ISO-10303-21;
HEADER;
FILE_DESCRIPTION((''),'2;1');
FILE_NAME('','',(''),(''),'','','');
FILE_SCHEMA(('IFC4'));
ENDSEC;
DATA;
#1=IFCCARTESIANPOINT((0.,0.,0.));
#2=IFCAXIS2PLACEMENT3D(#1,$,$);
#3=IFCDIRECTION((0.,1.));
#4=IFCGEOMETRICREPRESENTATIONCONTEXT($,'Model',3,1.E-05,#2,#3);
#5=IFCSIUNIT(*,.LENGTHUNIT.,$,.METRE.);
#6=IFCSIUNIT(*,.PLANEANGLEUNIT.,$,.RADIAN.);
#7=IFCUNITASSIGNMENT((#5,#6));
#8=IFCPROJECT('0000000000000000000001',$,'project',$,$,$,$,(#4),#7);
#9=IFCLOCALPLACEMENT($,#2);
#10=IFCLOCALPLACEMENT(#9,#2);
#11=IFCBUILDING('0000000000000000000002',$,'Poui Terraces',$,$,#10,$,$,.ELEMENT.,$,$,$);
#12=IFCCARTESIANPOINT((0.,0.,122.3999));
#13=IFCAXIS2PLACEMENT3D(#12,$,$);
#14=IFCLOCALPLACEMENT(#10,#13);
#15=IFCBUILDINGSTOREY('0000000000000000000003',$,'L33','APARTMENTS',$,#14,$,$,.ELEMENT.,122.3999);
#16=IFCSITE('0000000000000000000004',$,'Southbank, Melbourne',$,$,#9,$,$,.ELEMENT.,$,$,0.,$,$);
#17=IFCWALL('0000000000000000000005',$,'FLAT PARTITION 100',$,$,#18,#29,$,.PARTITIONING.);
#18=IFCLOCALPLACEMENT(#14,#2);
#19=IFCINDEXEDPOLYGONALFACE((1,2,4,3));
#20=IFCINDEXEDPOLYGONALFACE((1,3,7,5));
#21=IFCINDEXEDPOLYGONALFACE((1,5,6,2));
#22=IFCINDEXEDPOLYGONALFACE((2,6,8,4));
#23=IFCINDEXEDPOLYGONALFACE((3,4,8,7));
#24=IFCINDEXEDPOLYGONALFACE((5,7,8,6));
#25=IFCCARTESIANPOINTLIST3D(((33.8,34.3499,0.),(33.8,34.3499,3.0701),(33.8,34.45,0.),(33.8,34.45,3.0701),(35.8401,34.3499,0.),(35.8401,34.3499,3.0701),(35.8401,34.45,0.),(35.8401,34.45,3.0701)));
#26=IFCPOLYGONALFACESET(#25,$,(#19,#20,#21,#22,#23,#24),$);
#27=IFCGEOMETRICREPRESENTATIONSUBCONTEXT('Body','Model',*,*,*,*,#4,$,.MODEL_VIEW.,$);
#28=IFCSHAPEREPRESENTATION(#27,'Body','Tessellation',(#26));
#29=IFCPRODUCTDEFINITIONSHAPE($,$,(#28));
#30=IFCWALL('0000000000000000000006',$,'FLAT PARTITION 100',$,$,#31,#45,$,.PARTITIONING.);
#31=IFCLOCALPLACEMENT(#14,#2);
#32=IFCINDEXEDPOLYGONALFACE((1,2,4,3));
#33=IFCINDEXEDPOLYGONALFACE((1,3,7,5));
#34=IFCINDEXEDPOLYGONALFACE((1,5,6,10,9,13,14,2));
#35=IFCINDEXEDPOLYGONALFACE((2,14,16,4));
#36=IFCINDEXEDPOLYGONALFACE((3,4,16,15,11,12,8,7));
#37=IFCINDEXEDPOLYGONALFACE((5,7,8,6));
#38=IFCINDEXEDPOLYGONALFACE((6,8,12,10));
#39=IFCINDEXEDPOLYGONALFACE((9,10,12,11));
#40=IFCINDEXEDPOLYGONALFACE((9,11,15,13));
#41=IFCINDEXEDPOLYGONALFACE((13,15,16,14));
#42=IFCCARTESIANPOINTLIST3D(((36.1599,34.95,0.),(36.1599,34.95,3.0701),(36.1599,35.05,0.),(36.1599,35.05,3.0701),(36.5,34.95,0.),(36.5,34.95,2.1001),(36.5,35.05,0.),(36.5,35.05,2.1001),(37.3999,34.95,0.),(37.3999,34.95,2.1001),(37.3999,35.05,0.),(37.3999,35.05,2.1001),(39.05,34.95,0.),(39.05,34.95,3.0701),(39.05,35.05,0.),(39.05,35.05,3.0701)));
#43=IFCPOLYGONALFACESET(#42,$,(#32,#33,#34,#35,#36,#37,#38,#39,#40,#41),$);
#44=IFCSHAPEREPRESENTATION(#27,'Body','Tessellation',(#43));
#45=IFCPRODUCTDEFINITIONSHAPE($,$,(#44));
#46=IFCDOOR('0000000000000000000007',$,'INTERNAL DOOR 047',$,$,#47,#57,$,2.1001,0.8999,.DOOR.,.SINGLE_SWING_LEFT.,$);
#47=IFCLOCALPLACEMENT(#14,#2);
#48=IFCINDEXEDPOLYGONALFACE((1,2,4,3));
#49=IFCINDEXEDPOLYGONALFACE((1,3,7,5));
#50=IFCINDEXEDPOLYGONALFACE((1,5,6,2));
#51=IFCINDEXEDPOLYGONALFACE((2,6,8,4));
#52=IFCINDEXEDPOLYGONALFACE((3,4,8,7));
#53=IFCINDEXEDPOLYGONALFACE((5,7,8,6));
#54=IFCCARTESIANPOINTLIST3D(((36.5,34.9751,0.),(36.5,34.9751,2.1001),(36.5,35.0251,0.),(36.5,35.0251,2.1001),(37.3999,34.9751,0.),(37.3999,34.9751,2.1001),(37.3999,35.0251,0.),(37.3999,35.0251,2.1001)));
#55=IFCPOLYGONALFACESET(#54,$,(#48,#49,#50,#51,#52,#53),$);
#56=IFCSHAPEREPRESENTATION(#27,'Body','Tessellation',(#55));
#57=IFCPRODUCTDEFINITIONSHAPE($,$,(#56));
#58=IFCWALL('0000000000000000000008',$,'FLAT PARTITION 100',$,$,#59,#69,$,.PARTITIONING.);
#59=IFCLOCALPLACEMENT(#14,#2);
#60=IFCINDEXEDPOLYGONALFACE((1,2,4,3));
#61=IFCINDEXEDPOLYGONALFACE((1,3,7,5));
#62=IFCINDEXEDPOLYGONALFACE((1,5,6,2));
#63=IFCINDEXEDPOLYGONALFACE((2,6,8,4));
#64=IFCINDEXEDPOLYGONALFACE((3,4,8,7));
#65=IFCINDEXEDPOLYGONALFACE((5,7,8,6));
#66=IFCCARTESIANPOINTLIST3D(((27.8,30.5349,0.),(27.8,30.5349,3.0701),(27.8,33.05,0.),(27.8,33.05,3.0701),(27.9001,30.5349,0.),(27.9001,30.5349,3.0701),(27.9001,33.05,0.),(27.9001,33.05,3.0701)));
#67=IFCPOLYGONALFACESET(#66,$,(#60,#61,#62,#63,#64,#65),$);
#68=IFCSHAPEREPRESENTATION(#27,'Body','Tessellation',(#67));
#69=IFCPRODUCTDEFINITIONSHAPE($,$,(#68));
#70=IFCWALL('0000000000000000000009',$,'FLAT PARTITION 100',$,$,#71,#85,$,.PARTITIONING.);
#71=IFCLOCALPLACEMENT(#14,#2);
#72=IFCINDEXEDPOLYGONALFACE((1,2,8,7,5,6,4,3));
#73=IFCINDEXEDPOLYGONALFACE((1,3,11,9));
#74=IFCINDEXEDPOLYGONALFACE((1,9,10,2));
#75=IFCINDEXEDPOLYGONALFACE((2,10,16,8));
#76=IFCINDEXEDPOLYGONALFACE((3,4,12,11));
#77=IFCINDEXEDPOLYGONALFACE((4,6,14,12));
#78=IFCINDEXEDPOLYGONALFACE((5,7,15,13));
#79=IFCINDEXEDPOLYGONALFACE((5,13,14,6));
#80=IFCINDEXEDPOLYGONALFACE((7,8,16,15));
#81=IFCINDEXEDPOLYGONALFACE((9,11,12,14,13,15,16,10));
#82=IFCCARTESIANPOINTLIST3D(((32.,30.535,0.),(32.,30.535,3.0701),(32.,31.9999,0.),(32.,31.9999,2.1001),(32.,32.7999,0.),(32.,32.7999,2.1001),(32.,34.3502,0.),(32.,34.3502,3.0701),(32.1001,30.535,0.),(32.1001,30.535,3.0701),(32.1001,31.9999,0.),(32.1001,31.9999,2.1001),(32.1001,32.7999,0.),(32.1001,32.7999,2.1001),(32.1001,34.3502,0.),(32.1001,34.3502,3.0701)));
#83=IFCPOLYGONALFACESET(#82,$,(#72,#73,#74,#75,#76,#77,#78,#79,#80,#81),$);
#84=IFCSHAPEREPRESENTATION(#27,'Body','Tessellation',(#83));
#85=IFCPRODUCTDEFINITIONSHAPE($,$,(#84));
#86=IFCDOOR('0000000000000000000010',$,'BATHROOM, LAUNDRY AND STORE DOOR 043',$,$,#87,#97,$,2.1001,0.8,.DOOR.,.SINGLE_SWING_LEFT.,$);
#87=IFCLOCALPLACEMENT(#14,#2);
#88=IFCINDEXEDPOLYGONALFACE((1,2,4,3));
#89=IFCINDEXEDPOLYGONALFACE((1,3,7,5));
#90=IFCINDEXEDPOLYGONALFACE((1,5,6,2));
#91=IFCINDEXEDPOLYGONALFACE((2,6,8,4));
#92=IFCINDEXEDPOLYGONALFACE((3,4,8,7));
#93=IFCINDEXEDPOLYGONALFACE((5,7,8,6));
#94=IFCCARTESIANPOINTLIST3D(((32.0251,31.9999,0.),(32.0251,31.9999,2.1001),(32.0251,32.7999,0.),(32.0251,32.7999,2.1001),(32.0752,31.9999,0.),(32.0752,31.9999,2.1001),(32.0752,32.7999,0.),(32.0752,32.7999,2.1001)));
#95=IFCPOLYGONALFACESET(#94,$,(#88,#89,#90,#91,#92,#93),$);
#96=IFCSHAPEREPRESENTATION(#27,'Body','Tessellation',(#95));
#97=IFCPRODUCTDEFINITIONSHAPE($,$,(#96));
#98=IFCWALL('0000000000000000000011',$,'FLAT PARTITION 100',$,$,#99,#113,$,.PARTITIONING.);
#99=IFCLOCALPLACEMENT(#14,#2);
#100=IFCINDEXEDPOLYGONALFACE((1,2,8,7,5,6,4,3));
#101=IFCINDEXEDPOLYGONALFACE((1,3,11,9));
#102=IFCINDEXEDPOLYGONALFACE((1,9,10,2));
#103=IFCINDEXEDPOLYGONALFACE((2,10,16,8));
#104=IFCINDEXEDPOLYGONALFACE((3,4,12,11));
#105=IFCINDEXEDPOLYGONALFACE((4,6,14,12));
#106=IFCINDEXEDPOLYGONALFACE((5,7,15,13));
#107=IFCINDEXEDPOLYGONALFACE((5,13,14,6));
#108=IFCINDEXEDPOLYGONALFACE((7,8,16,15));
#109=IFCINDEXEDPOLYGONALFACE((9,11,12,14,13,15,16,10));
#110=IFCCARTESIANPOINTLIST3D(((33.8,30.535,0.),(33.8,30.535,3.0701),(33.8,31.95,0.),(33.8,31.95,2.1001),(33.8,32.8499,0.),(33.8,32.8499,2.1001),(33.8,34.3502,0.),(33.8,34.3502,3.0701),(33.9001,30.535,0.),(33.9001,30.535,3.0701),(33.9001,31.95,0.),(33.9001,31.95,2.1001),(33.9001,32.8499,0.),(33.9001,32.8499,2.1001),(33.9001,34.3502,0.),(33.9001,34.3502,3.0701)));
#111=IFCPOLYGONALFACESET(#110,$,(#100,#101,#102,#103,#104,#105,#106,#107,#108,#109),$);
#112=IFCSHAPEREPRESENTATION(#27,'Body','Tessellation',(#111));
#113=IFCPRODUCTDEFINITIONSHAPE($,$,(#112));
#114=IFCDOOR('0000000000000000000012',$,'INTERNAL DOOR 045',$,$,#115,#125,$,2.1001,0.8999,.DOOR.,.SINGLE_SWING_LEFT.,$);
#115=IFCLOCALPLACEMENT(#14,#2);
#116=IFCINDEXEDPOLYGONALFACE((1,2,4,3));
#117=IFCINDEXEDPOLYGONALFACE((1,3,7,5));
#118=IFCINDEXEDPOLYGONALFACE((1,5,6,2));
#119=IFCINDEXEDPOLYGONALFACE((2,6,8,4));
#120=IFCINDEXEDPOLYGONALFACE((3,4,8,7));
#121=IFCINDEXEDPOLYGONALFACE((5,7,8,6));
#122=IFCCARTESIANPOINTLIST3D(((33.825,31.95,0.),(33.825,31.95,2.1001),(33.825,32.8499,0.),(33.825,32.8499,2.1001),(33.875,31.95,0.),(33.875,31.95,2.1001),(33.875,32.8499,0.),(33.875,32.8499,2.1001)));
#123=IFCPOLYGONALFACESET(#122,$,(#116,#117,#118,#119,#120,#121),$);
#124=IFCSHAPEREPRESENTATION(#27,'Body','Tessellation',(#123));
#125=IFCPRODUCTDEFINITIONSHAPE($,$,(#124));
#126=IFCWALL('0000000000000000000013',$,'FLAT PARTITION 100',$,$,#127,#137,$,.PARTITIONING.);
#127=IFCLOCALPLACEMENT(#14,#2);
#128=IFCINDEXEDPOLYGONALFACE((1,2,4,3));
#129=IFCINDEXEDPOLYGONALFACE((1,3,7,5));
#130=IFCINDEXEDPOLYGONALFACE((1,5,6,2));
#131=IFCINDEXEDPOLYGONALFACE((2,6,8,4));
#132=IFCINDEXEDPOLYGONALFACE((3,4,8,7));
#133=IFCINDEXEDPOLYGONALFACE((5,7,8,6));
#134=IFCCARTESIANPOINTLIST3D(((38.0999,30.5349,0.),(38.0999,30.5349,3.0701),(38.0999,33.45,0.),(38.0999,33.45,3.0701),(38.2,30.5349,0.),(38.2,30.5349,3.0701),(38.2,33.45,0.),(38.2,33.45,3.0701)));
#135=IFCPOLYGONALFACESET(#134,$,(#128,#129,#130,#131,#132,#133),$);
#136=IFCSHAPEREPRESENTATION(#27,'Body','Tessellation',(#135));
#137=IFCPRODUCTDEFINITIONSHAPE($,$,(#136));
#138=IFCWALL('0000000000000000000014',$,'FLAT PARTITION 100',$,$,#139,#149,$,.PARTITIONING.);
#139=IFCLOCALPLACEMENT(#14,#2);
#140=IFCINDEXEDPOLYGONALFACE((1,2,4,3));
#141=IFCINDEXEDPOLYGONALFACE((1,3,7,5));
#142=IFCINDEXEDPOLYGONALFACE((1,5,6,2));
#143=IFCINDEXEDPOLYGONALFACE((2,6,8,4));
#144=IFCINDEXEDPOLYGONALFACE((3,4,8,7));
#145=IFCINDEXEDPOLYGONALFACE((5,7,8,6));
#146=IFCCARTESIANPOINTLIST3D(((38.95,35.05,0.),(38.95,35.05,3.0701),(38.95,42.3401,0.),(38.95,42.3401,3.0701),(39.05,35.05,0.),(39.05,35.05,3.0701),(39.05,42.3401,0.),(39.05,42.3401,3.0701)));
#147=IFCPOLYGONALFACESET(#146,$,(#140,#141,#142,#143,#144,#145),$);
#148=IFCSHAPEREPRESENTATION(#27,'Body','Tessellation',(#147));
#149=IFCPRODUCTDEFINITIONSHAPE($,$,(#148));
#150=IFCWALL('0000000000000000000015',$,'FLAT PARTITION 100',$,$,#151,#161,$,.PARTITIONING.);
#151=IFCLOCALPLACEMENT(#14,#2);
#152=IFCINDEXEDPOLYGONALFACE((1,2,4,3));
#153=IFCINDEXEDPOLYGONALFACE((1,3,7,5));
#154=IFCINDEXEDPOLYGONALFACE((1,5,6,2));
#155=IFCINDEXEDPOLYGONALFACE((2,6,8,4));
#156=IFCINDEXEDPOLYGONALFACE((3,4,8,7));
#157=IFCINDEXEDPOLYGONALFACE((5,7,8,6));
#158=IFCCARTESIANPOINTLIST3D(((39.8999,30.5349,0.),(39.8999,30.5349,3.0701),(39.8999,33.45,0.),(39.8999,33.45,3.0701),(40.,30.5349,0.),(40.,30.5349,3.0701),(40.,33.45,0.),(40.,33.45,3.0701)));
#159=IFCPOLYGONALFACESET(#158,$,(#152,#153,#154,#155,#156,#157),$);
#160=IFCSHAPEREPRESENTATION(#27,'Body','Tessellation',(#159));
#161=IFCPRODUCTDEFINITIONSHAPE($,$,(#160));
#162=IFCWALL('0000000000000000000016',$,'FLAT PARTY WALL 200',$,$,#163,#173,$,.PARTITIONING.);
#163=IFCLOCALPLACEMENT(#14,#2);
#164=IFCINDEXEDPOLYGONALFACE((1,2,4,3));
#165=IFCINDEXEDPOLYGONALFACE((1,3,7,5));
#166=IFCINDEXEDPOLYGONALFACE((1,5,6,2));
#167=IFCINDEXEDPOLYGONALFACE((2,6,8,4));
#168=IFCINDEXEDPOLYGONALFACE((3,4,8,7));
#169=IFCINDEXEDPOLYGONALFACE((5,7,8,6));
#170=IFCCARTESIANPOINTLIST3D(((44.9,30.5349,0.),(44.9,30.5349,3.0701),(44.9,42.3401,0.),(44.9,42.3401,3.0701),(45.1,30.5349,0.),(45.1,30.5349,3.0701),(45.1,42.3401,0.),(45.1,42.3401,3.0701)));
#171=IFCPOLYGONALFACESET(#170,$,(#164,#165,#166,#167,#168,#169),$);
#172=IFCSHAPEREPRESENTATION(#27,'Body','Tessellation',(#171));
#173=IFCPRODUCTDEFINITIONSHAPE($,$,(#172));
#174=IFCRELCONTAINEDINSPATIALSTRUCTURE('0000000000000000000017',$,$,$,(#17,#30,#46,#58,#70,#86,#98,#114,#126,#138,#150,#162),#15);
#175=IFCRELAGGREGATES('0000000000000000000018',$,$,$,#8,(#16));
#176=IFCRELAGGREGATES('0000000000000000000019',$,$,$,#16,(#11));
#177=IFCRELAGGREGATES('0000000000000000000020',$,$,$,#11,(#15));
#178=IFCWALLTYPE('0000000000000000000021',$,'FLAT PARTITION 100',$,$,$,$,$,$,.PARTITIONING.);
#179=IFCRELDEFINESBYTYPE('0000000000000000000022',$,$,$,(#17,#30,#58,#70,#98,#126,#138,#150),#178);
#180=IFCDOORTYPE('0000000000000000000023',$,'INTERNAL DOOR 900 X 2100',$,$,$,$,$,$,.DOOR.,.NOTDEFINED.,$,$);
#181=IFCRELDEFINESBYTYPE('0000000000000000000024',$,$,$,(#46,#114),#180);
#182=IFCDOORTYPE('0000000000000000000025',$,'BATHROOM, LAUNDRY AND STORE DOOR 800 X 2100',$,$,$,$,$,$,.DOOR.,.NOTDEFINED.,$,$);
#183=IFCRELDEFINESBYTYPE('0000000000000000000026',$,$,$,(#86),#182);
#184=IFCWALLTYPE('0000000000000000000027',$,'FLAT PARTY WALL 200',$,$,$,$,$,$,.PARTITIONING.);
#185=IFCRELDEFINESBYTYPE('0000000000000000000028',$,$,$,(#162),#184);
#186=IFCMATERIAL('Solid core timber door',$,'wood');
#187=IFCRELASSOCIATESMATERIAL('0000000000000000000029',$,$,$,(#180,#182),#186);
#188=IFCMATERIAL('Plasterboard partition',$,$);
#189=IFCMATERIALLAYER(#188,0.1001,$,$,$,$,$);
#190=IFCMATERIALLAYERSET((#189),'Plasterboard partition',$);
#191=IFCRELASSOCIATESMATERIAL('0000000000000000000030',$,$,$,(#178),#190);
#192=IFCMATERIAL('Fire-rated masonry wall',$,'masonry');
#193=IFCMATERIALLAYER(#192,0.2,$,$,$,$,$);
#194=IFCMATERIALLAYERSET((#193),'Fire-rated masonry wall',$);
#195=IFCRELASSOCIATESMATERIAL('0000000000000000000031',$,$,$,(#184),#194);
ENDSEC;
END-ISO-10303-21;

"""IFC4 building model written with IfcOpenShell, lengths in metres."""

from ifc_helpers import new_model, si_unit, direction, frame, frame_2d, origin, place, context, subcontext, project, spatial, rectangle, extrude, material, layer, layer_set, type_object, element, fill, save


model = new_model("IFC4")

# Units and contexts
model_context = context("Model", 3, precision=1e-05, world=origin(), true_north=direction((0.0, 1.0)))
body_context = subcontext(model_context, "Body", "Model", "MODEL_VIEW")
ifc_project = project(units=[si_unit("LENGTHUNIT", "METRE"), si_unit("PLANEANGLEUNIT", "RADIAN")], contexts=[model_context])

# Site, building, storey
site_placement = place(None, origin())
site = spatial("IfcSite", under=ifc_project, at=site_placement, Name="Southbank, Melbourne", CompositionType="ELEMENT", RefElevation=0.0)
building_placement = place(site_placement, origin())
building = spatial("IfcBuilding", under=site, at=building_placement, Name="Poui Terraces", CompositionType="ELEMENT")
storey_placement = place(building_placement, frame((0.0, 0.0, 122.3999)))
storey = spatial("IfcBuildingStorey", under=building, at=storey_placement, Name="L33", Description="APARTMENTS", CompositionType="ELEMENT", Elevation=122.3999)

# Shared definitions
ifc_material_1 = material(Name="Solid core timber door", Category="wood")
door_type_1 = type_object("IfcDoorType", Name="INTERNAL DOOR 900 X 2100", OperationType="NOTDEFINED", PredefinedType="DOOR", material=ifc_material_1)
ifc_material_2 = material(Name="Plasterboard partition")
ifc_layer_1 = layer(ifc_material_2, 0.1001)
ifc_layer_set_1 = layer_set([ifc_layer_1], Name="Plasterboard partition")
wall_type_1 = type_object("IfcWallType", Name="FLAT PARTITION 100", PredefinedType="PARTITIONING", material=ifc_layer_set_1)
door_type_2 = type_object("IfcDoorType", Name="BATHROOM, LAUNDRY AND STORE DOOR 800 X 2100", OperationType="NOTDEFINED", PredefinedType="DOOR", material=ifc_material_1)

# Wall
wall_1_placement = place(storey_placement, frame((33.8, 34.3999, 0.0), z_axis=(0.0, 0.0, 1.0), x_axis=(1.0, 0.0, 0.0)))
element("IfcWall", 1, at=wall_1_placement, inside=storey, type_object=wall_type_1, Name="FLAT PARTITION 100", PredefinedType="PARTITIONING", context=body_context, shape_type="SweptSolid", body=[
    extrude(rectangle(XDim=2.04, YDim=0.1001, at=frame_2d((1.02, 0.0))), origin(), (0.0, 0.0, 1.0), 3.0701),
])

# Wall, opening, door
wall_2_placement = place(storey_placement, frame((36.1599, 35.0, 0.0), z_axis=(0.0, 0.0, 1.0), x_axis=(1.0, 0.0, 0.0)))
wall_2 = element("IfcWall", 2, at=wall_2_placement, inside=storey, type_object=wall_type_1, Name="FLAT PARTITION 100", PredefinedType="PARTITIONING", context=body_context, shape_type="SweptSolid", body=[
    extrude(rectangle(XDim=2.8901, YDim=0.1001, at=frame_2d((1.4451, 0.0))), origin(), (0.0, 0.0, 1.0), 3.0701),
])
opening_1_placement = place(wall_2_placement, frame((0.3401, 0.0, 0.0)))
opening_1 = element("IfcOpeningElement", 3, at=opening_1_placement, cuts=wall_2, PredefinedType="OPENING", context=body_context, shape_type="SweptSolid", body=[
    extrude(rectangle(XDim=0.8999, YDim=2.1001, at=frame_2d((0.45, 1.05))), frame((0.0, 0.0601, 0.0), z_axis=(0.0, -1.0, 0.0), x_axis=(1.0, 0.0, 0.0)), (0.0, 0.0, 1.0), 0.1201),
])
door_1_placement = place(opening_1_placement, frame((0.8999, 0.0, 0.0), z_axis=(0.0, 0.0, 1.0), x_axis=(-1.0, 0.0, 0.0)))
door_1 = element("IfcDoor", 4, at=door_1_placement, inside=storey, type_object=door_type_1, Name="INTERNAL DOOR 047", OperationType="SINGLE_SWING_LEFT", OverallHeight=2.1001, OverallWidth=0.8999, PredefinedType="DOOR", context=body_context, shape_type="SweptSolid", body=[
    extrude(rectangle(XDim=0.8999, YDim=2.1001, at=frame_2d((0.45, 1.05))), frame((0.0, 0.0249, 0.0), z_axis=(0.0, -1.0, 0.0), x_axis=(1.0, 0.0, 0.0)), (0.0, 0.0, 1.0), 0.05),
])
fill(opening_1, door_1)

# Wall
wall_3_placement = place(storey_placement, frame((27.8501, 30.5349, 0.0), z_axis=(0.0, 0.0, 1.0), x_axis=(0.0, 1.0, 0.0)))
element("IfcWall", 5, at=wall_3_placement, inside=storey, type_object=wall_type_1, Name="FLAT PARTITION 100", PredefinedType="PARTITIONING", context=body_context, shape_type="SweptSolid", body=[
    extrude(rectangle(XDim=2.5151, YDim=0.1001, at=frame_2d((1.2576, 0.0))), origin(), (0.0, 0.0, 1.0), 3.0701),
])

# Walls, openings, doors
wall_4_placement = place(storey_placement, frame((32.05, 30.5349, 0.0), z_axis=(0.0, 0.0, 1.0), x_axis=(0.0, 1.0, 0.0)))
wall_4 = element("IfcWall", 6, at=wall_4_placement, inside=storey, type_object=wall_type_1, Name="FLAT PARTITION 100", PredefinedType="PARTITIONING", context=body_context, shape_type="SweptSolid", body=[
    extrude(rectangle(XDim=3.8152, YDim=0.1001, at=frame_2d((1.9077, 0.0))), origin(), (0.0, 0.0, 1.0), 3.0701),
])
opening_2_placement = place(wall_4_placement, frame((1.4651, 0.0, 0.0)))
opening_2 = element("IfcOpeningElement", 7, at=opening_2_placement, cuts=wall_4, PredefinedType="OPENING", context=body_context, shape_type="SweptSolid", body=[
    extrude(rectangle(XDim=0.8, YDim=2.1001, at=frame_2d((0.3999, 1.05))), frame((0.0, 0.0601, 0.0), z_axis=(0.0, -1.0, 0.0), x_axis=(1.0, 0.0, 0.0)), (0.0, 0.0, 1.0), 0.1201),
])
door_2_placement = place(opening_2_placement, origin())
door_2 = element("IfcDoor", 8, at=door_2_placement, inside=storey, type_object=door_type_2, Name="BATHROOM, LAUNDRY AND STORE DOOR 043", OperationType="SINGLE_SWING_LEFT", OverallHeight=2.1001, OverallWidth=0.8, PredefinedType="DOOR", context=body_context, shape_type="SweptSolid", body=[
    extrude(rectangle(XDim=0.8, YDim=2.1001, at=frame_2d((0.3999, 1.05))), frame((0.0, 0.0249, 0.0), z_axis=(0.0, -1.0, 0.0), x_axis=(1.0, 0.0, 0.0)), (0.0, 0.0, 1.0), 0.05),
])
fill(opening_2, door_2)
wall_5_placement = place(storey_placement, frame((33.8501, 30.5349, 0.0), z_axis=(0.0, 0.0, 1.0), x_axis=(0.0, 1.0, 0.0)))
wall_5 = element("IfcWall", 9, at=wall_5_placement, inside=storey, type_object=wall_type_1, Name="FLAT PARTITION 100", PredefinedType="PARTITIONING", context=body_context, shape_type="SweptSolid", body=[
    extrude(rectangle(XDim=3.8152, YDim=0.1001, at=frame_2d((1.9077, 0.0))), origin(), (0.0, 0.0, 1.0), 3.0701),
])
opening_3_placement = place(wall_5_placement, frame((1.415, 0.0, 0.0)))
opening_3 = element("IfcOpeningElement", 10, at=opening_3_placement, cuts=wall_5, PredefinedType="OPENING", context=body_context, shape_type="SweptSolid", body=[
    extrude(rectangle(XDim=0.8999, YDim=2.1001, at=frame_2d((0.45, 1.05))), frame((0.0, 0.0601, 0.0), z_axis=(0.0, -1.0, 0.0), x_axis=(1.0, 0.0, 0.0)), (0.0, 0.0, 1.0), 0.1201),
])
door_3_placement = place(opening_3_placement, frame((0.8999, 0.0, 0.0), z_axis=(0.0, 0.0, 1.0), x_axis=(-1.0, 0.0, 0.0)))
door_3 = element("IfcDoor", 11, at=door_3_placement, inside=storey, type_object=door_type_1, Name="INTERNAL DOOR 045", OperationType="SINGLE_SWING_LEFT", OverallHeight=2.1001, OverallWidth=0.8999, PredefinedType="DOOR", context=body_context, shape_type="SweptSolid", body=[
    extrude(rectangle(XDim=0.8999, YDim=2.1001, at=frame_2d((0.45, 1.05))), frame((0.0, 0.0249, 0.0), z_axis=(0.0, -1.0, 0.0), x_axis=(1.0, 0.0, 0.0)), (0.0, 0.0, 1.0), 0.05),
])
fill(opening_3, door_3)

# Walls
wall_6_placement = place(storey_placement, frame((38.1499, 30.5349, 0.0), z_axis=(0.0, 0.0, 1.0), x_axis=(0.0, 1.0, 0.0)))
element("IfcWall", 12, at=wall_6_placement, inside=storey, type_object=wall_type_1, Name="FLAT PARTITION 100", PredefinedType="PARTITIONING", context=body_context, shape_type="SweptSolid", body=[
    extrude(rectangle(XDim=2.915, YDim=0.1001, at=frame_2d((1.4575, 0.0))), origin(), (0.0, 0.0, 1.0), 3.0701),
])
wall_7_placement = place(storey_placement, frame((39.0, 35.05, 0.0), z_axis=(0.0, 0.0, 1.0), x_axis=(0.0, 1.0, 0.0)))
element("IfcWall", 13, at=wall_7_placement, inside=storey, type_object=wall_type_1, Name="FLAT PARTITION 100", PredefinedType="PARTITIONING", context=body_context, shape_type="SweptSolid", body=[
    extrude(rectangle(XDim=7.29, YDim=0.1001, at=frame_2d((3.645, 0.0))), origin(), (0.0, 0.0, 1.0), 3.0701),
])
wall_8_placement = place(storey_placement, frame((39.95, 30.5349, 0.0), z_axis=(0.0, 0.0, 1.0), x_axis=(0.0, 1.0, 0.0)))
element("IfcWall", 14, at=wall_8_placement, inside=storey, type_object=wall_type_1, Name="FLAT PARTITION 100", PredefinedType="PARTITIONING", context=body_context, shape_type="SweptSolid", body=[
    extrude(rectangle(XDim=2.915, YDim=0.1001, at=frame_2d((1.4575, 0.0))), origin(), (0.0, 0.0, 1.0), 3.0701),
])
ifc_material_3 = material(Name="Fire-rated masonry wall", Category="masonry")
ifc_layer_2 = layer(ifc_material_3, 0.2)
ifc_layer_set_2 = layer_set([ifc_layer_2], Name="Fire-rated masonry wall")
wall_type_2 = type_object("IfcWallType", Name="FLAT PARTY WALL 200", PredefinedType="PARTITIONING", material=ifc_layer_set_2)
wall_9_placement = place(storey_placement, frame((45.0, 30.5349, 0.0), z_axis=(0.0, 0.0, 1.0), x_axis=(0.0, 1.0, 0.0)))
element("IfcWall", 15, at=wall_9_placement, inside=storey, type_object=wall_type_2, Name="FLAT PARTY WALL 200", PredefinedType="PARTITIONING", context=body_context, shape_type="SweptSolid", body=[
    extrude(rectangle(XDim=11.8052, YDim=0.2, at=frame_2d((5.9026, 0.0))), origin(), (0.0, 0.0, 1.0), 3.0701),
])

save(model, "model.ifc")
